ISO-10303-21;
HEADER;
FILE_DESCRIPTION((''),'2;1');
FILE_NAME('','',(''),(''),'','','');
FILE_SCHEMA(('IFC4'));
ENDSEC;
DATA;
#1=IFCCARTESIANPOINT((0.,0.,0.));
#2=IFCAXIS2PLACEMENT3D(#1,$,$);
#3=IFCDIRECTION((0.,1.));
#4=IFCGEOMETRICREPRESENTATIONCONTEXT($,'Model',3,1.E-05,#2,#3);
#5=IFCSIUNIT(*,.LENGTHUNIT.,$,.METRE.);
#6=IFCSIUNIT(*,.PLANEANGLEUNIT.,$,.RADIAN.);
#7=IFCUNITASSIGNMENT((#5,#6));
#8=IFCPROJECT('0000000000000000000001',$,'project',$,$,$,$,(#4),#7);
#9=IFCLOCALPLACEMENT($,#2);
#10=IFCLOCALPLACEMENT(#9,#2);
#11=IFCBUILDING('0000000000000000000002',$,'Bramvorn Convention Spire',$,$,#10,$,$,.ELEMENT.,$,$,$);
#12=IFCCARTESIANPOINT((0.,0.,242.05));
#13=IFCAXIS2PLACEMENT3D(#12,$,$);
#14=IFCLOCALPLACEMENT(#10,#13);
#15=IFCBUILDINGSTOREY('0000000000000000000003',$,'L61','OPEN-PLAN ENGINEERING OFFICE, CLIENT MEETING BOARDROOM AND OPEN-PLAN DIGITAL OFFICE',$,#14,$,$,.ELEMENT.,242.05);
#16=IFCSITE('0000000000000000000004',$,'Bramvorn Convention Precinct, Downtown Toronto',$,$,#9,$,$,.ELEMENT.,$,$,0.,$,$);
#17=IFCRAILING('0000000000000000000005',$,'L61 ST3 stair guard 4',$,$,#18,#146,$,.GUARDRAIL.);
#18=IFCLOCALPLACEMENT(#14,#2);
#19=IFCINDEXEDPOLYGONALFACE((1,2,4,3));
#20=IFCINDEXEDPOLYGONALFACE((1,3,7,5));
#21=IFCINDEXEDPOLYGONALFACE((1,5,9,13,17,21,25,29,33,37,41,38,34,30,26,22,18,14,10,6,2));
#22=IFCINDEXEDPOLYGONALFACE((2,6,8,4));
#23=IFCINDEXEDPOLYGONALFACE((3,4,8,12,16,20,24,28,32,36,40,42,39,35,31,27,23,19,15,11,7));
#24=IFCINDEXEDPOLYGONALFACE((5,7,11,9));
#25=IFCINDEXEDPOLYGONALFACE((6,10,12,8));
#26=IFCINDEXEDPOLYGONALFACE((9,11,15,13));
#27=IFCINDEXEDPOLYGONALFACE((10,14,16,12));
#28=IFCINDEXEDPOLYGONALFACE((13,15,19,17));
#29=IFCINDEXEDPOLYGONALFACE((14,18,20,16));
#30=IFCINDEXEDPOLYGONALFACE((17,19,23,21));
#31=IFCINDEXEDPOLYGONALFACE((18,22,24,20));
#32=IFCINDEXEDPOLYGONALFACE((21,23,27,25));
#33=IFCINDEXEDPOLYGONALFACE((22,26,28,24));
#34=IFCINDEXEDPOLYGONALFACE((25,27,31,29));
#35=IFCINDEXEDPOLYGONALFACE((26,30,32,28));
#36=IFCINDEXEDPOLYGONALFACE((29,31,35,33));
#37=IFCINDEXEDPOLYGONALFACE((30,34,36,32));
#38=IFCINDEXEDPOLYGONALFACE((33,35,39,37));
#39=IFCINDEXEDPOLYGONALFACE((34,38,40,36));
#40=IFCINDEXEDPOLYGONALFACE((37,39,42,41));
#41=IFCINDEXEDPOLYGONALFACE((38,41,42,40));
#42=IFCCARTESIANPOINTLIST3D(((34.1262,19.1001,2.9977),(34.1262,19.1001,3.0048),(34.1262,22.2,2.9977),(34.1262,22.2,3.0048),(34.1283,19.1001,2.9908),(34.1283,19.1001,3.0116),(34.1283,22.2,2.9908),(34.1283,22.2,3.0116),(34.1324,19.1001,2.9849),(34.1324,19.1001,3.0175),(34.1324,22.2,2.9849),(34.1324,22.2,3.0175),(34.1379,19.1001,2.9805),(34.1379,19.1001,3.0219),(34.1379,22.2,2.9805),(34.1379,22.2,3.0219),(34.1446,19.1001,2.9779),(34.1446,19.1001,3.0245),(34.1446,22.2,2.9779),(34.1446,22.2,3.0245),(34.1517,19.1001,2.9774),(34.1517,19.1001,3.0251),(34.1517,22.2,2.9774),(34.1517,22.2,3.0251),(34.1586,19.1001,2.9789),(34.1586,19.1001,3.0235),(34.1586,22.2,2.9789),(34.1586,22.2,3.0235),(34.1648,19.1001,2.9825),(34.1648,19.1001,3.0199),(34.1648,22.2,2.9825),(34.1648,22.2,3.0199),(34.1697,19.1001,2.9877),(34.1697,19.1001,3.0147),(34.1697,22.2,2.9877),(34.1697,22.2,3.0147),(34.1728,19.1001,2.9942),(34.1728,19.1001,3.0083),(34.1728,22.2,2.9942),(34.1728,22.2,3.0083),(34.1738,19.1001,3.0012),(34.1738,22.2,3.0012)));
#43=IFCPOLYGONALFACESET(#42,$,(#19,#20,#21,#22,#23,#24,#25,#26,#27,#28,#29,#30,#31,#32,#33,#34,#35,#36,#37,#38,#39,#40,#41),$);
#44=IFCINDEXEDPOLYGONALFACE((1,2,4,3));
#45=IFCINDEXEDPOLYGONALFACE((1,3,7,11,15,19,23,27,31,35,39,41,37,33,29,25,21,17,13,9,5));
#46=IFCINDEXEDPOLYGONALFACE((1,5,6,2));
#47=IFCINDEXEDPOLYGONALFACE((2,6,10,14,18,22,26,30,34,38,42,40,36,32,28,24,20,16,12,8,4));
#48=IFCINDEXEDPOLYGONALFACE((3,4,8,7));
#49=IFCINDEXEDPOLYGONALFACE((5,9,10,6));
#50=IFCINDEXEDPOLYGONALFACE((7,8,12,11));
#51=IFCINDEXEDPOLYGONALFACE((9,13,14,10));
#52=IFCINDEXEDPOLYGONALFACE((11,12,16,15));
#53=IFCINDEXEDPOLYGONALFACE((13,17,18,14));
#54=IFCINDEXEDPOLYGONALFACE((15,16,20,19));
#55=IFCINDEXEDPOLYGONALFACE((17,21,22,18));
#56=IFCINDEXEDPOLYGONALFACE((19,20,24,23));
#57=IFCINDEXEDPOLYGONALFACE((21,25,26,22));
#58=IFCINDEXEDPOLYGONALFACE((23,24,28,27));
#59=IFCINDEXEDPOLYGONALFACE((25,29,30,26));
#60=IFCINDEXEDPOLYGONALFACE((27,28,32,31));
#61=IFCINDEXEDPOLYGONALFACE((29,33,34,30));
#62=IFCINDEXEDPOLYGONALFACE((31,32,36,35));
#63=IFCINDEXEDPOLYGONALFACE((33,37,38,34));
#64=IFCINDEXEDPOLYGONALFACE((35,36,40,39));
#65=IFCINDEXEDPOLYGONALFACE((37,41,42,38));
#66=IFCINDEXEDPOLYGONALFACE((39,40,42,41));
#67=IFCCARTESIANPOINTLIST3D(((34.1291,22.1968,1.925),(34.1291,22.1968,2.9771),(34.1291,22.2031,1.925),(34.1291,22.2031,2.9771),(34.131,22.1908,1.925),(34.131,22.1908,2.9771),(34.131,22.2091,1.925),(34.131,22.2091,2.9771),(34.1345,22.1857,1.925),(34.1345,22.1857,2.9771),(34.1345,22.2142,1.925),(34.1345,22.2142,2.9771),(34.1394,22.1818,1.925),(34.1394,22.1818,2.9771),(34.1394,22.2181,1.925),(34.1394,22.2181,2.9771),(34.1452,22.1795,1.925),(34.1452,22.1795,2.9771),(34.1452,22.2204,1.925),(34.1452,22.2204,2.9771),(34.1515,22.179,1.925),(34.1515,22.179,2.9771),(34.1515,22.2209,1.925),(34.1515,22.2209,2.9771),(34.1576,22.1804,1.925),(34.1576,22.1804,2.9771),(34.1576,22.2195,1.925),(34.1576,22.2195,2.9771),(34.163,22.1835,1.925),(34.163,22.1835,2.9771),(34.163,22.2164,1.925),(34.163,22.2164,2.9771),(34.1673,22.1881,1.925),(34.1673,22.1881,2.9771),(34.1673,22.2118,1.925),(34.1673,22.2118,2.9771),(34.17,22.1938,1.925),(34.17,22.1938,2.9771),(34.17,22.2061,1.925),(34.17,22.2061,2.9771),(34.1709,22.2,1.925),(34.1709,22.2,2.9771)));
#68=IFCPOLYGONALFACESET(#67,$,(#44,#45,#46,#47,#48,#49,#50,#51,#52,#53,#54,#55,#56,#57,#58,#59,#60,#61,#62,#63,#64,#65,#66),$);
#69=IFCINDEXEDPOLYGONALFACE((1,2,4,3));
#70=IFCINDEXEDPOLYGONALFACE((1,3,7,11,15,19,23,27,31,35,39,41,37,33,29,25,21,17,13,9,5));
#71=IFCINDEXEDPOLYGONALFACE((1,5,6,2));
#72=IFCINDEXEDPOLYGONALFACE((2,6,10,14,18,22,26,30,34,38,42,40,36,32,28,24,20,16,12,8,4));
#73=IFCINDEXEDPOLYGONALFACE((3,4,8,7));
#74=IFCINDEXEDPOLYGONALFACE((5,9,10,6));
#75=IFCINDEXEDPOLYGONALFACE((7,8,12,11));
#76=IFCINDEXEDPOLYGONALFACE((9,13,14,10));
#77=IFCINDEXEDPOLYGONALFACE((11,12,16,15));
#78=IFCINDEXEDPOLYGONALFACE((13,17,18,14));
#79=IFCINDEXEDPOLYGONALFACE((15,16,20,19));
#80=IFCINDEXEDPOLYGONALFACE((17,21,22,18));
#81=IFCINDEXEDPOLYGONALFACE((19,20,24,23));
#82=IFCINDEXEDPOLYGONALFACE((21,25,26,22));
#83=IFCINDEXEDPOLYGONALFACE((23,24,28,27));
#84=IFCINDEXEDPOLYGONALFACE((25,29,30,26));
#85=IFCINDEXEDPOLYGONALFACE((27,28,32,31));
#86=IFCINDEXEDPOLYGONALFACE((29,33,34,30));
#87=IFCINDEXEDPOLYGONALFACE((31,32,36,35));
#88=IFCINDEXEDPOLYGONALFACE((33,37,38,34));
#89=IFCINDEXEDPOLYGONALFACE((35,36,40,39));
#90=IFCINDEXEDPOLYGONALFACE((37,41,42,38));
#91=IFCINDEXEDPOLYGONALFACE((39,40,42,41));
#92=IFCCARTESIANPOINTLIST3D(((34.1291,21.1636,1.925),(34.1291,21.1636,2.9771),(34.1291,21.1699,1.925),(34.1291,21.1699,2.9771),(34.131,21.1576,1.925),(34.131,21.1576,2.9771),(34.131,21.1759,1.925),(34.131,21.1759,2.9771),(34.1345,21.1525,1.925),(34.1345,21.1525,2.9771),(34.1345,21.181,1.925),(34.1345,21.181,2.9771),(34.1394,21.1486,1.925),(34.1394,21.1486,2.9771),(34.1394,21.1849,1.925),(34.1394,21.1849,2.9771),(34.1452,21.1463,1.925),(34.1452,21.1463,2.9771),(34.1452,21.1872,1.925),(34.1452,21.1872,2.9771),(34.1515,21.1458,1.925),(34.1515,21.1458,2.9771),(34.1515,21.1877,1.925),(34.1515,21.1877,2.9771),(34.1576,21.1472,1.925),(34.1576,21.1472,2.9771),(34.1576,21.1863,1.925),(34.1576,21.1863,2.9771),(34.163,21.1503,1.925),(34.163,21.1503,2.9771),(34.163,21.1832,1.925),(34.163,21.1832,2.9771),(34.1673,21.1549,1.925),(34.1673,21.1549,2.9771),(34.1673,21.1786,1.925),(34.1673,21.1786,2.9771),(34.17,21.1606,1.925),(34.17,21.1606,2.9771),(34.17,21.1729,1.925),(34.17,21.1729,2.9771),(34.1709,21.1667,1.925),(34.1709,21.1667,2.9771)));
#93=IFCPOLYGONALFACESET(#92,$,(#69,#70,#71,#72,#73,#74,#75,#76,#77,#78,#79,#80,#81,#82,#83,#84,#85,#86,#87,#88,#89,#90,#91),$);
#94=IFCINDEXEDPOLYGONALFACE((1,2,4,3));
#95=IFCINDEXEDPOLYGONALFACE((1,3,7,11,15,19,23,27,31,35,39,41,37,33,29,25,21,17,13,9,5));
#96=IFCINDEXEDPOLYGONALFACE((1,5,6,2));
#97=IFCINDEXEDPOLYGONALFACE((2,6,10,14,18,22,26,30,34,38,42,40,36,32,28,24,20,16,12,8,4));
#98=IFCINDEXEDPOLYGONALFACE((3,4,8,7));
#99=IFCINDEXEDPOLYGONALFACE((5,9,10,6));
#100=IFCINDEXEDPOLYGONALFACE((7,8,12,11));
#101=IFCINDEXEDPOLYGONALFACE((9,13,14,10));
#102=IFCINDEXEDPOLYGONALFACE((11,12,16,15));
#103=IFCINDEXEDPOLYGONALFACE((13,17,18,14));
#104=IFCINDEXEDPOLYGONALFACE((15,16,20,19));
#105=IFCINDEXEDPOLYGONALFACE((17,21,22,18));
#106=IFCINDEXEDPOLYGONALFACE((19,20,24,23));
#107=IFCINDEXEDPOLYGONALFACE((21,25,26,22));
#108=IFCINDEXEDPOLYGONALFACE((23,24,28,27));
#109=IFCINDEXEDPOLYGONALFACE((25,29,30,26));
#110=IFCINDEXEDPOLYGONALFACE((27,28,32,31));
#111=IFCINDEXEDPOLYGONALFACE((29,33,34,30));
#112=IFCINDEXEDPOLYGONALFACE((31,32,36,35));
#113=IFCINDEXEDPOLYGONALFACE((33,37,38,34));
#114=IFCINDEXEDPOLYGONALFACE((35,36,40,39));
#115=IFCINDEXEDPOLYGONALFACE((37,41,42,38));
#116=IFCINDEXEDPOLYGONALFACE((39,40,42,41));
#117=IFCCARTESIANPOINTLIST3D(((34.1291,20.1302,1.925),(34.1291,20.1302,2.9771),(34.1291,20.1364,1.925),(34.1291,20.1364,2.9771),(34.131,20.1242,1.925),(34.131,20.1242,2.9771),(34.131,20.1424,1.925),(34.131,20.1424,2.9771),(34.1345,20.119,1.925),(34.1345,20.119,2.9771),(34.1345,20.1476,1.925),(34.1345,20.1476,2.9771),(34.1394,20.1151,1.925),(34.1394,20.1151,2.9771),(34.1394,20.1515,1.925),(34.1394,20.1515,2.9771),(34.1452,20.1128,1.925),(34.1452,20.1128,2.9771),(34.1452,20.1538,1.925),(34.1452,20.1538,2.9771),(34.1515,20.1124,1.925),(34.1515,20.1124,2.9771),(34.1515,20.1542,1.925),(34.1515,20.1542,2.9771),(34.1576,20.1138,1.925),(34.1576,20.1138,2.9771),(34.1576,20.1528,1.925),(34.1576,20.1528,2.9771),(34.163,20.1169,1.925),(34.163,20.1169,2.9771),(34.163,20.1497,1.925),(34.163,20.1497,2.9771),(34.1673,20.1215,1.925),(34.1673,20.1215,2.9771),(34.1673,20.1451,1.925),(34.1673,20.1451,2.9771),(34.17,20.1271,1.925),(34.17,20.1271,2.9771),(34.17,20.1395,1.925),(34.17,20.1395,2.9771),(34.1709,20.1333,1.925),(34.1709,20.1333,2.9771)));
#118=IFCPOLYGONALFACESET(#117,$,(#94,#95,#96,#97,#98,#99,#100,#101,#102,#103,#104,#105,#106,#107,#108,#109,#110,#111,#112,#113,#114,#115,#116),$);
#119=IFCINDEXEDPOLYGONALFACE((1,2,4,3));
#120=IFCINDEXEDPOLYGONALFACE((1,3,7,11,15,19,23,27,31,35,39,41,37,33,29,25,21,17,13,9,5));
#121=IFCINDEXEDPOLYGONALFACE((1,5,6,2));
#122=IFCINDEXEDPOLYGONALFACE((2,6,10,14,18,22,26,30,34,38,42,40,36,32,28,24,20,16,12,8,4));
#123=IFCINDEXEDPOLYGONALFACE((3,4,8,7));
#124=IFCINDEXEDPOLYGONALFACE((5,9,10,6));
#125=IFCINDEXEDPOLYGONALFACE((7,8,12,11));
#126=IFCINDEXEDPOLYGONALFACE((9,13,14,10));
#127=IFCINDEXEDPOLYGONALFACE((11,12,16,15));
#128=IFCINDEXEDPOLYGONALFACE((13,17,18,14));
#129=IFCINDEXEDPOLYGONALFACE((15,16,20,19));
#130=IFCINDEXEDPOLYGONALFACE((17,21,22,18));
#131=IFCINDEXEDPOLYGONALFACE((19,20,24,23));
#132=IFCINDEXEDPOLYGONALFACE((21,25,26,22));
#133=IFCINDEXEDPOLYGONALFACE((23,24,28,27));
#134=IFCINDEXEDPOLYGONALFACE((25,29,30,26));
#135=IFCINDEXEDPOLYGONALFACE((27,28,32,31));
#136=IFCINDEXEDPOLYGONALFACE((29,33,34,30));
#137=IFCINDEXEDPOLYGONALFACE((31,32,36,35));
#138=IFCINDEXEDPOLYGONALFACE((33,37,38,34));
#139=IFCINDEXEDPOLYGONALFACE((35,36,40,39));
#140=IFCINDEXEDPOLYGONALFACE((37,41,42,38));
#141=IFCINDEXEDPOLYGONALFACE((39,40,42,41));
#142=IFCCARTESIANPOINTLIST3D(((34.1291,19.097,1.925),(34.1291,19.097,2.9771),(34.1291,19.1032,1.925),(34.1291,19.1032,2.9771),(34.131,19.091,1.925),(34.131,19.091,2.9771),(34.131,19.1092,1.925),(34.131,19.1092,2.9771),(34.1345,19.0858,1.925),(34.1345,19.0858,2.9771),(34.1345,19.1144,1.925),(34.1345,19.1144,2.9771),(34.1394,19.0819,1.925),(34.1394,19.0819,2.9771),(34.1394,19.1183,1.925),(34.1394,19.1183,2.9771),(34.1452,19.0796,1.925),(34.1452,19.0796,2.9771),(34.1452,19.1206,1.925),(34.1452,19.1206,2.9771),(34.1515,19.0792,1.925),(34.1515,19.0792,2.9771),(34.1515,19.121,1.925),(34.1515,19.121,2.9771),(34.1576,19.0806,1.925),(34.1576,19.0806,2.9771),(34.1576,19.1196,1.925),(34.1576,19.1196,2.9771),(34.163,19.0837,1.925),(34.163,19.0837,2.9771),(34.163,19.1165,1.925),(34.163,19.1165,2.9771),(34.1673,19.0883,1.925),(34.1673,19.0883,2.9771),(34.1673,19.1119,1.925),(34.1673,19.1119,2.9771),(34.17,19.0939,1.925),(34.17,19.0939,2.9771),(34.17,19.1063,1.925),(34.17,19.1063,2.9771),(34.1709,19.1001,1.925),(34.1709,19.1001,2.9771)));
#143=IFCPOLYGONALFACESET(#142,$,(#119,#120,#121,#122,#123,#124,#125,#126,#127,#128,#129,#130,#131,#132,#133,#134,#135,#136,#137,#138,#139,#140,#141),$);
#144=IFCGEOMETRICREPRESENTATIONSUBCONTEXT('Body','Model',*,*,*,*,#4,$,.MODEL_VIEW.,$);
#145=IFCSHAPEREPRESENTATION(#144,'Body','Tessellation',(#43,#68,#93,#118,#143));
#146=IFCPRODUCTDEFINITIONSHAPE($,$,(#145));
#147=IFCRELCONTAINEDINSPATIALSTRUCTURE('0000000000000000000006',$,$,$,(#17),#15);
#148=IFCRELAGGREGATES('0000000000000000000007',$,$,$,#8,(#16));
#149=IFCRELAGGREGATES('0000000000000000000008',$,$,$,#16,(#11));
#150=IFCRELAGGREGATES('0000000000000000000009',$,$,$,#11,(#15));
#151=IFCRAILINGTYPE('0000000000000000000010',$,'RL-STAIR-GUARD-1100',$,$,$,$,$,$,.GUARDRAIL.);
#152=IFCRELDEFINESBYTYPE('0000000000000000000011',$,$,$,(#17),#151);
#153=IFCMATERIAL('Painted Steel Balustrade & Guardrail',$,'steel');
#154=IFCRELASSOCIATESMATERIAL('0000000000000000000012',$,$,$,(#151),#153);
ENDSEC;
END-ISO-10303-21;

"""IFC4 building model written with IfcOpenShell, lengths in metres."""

from ifc_helpers import new_model, si_unit, direction, frame, origin, origin_2d, place, context, subcontext, project, spatial, circle, extrude, material, type_object, element, save


model = new_model("IFC4")

# Units and contexts
model_context = context("Model", 3, precision=1e-05, world=origin(), true_north=direction((0.0, 1.0)))
body_context = subcontext(model_context, "Body", "Model", "MODEL_VIEW")
ifc_project = project(units=[si_unit("LENGTHUNIT", "METRE"), si_unit("PLANEANGLEUNIT", "RADIAN")], contexts=[model_context])

# Site, building, storey
site_placement = place(None, origin())
site = spatial("IfcSite", under=ifc_project, at=site_placement, Name="Bramvorn Convention Precinct, Downtown Toronto", CompositionType="ELEMENT", RefElevation=0.0)
building_placement = place(site_placement, origin())
building = spatial("IfcBuilding", under=site, at=building_placement, Name="Bramvorn Convention Spire", CompositionType="ELEMENT")
storey_placement = place(building_placement, frame((0.0, 0.0, 242.05)))
storey = spatial("IfcBuildingStorey", under=building, at=storey_placement, Name="L61", Description="OPEN-PLAN ENGINEERING OFFICE, CLIENT MEETING BOARDROOM AND OPEN-PLAN DIGITAL OFFICE", CompositionType="ELEMENT", Elevation=242.05)

# Railing
ifc_material_1 = material(Name="Painted Steel Balustrade & Guardrail", Category="steel")
railing_type_1 = type_object("IfcRailingType", Name="RL-STAIR-GUARD-1100", PredefinedType="GUARDRAIL", material=ifc_material_1)
for number, where, name in (
    (1, (34.1499, 22.2, 1.925), "L61 ST3 stair guard 4"),
):
    element("IfcRailing", number, at=place(storey_placement, frame(where)), inside=storey, type_object=railing_type_1, Name=name, PredefinedType="GUARDRAIL", context=body_context, shape_type="SweptSolid", body=[
        extrude(circle(Radius=0.0239, at=origin_2d()), frame((0.0, 0.0, 1.0762), z_axis=(0.0, -1.0, 0.0), x_axis=(1.0, 0.0, 0.0)), (0.0, 0.0, 1.0), 3.0999),
        extrude(circle(Radius=0.021, at=origin_2d()), origin(), (0.0, 0.0, 1.0), 1.052),
        extrude(circle(Radius=0.021, at=origin_2d()), frame((0.0, -1.0332, 0.0)), (0.0, 0.0, 1.0), 1.052),
        extrude(circle(Radius=0.021, at=origin_2d()), frame((0.0, -2.0667, 0.0)), (0.0, 0.0, 1.0), 1.052),
        extrude(circle(Radius=0.021, at=origin_2d()), frame((0.0, -3.0999, 0.0)), (0.0, 0.0, 1.0), 1.052),
    ])

save(model, "model.ifc")
